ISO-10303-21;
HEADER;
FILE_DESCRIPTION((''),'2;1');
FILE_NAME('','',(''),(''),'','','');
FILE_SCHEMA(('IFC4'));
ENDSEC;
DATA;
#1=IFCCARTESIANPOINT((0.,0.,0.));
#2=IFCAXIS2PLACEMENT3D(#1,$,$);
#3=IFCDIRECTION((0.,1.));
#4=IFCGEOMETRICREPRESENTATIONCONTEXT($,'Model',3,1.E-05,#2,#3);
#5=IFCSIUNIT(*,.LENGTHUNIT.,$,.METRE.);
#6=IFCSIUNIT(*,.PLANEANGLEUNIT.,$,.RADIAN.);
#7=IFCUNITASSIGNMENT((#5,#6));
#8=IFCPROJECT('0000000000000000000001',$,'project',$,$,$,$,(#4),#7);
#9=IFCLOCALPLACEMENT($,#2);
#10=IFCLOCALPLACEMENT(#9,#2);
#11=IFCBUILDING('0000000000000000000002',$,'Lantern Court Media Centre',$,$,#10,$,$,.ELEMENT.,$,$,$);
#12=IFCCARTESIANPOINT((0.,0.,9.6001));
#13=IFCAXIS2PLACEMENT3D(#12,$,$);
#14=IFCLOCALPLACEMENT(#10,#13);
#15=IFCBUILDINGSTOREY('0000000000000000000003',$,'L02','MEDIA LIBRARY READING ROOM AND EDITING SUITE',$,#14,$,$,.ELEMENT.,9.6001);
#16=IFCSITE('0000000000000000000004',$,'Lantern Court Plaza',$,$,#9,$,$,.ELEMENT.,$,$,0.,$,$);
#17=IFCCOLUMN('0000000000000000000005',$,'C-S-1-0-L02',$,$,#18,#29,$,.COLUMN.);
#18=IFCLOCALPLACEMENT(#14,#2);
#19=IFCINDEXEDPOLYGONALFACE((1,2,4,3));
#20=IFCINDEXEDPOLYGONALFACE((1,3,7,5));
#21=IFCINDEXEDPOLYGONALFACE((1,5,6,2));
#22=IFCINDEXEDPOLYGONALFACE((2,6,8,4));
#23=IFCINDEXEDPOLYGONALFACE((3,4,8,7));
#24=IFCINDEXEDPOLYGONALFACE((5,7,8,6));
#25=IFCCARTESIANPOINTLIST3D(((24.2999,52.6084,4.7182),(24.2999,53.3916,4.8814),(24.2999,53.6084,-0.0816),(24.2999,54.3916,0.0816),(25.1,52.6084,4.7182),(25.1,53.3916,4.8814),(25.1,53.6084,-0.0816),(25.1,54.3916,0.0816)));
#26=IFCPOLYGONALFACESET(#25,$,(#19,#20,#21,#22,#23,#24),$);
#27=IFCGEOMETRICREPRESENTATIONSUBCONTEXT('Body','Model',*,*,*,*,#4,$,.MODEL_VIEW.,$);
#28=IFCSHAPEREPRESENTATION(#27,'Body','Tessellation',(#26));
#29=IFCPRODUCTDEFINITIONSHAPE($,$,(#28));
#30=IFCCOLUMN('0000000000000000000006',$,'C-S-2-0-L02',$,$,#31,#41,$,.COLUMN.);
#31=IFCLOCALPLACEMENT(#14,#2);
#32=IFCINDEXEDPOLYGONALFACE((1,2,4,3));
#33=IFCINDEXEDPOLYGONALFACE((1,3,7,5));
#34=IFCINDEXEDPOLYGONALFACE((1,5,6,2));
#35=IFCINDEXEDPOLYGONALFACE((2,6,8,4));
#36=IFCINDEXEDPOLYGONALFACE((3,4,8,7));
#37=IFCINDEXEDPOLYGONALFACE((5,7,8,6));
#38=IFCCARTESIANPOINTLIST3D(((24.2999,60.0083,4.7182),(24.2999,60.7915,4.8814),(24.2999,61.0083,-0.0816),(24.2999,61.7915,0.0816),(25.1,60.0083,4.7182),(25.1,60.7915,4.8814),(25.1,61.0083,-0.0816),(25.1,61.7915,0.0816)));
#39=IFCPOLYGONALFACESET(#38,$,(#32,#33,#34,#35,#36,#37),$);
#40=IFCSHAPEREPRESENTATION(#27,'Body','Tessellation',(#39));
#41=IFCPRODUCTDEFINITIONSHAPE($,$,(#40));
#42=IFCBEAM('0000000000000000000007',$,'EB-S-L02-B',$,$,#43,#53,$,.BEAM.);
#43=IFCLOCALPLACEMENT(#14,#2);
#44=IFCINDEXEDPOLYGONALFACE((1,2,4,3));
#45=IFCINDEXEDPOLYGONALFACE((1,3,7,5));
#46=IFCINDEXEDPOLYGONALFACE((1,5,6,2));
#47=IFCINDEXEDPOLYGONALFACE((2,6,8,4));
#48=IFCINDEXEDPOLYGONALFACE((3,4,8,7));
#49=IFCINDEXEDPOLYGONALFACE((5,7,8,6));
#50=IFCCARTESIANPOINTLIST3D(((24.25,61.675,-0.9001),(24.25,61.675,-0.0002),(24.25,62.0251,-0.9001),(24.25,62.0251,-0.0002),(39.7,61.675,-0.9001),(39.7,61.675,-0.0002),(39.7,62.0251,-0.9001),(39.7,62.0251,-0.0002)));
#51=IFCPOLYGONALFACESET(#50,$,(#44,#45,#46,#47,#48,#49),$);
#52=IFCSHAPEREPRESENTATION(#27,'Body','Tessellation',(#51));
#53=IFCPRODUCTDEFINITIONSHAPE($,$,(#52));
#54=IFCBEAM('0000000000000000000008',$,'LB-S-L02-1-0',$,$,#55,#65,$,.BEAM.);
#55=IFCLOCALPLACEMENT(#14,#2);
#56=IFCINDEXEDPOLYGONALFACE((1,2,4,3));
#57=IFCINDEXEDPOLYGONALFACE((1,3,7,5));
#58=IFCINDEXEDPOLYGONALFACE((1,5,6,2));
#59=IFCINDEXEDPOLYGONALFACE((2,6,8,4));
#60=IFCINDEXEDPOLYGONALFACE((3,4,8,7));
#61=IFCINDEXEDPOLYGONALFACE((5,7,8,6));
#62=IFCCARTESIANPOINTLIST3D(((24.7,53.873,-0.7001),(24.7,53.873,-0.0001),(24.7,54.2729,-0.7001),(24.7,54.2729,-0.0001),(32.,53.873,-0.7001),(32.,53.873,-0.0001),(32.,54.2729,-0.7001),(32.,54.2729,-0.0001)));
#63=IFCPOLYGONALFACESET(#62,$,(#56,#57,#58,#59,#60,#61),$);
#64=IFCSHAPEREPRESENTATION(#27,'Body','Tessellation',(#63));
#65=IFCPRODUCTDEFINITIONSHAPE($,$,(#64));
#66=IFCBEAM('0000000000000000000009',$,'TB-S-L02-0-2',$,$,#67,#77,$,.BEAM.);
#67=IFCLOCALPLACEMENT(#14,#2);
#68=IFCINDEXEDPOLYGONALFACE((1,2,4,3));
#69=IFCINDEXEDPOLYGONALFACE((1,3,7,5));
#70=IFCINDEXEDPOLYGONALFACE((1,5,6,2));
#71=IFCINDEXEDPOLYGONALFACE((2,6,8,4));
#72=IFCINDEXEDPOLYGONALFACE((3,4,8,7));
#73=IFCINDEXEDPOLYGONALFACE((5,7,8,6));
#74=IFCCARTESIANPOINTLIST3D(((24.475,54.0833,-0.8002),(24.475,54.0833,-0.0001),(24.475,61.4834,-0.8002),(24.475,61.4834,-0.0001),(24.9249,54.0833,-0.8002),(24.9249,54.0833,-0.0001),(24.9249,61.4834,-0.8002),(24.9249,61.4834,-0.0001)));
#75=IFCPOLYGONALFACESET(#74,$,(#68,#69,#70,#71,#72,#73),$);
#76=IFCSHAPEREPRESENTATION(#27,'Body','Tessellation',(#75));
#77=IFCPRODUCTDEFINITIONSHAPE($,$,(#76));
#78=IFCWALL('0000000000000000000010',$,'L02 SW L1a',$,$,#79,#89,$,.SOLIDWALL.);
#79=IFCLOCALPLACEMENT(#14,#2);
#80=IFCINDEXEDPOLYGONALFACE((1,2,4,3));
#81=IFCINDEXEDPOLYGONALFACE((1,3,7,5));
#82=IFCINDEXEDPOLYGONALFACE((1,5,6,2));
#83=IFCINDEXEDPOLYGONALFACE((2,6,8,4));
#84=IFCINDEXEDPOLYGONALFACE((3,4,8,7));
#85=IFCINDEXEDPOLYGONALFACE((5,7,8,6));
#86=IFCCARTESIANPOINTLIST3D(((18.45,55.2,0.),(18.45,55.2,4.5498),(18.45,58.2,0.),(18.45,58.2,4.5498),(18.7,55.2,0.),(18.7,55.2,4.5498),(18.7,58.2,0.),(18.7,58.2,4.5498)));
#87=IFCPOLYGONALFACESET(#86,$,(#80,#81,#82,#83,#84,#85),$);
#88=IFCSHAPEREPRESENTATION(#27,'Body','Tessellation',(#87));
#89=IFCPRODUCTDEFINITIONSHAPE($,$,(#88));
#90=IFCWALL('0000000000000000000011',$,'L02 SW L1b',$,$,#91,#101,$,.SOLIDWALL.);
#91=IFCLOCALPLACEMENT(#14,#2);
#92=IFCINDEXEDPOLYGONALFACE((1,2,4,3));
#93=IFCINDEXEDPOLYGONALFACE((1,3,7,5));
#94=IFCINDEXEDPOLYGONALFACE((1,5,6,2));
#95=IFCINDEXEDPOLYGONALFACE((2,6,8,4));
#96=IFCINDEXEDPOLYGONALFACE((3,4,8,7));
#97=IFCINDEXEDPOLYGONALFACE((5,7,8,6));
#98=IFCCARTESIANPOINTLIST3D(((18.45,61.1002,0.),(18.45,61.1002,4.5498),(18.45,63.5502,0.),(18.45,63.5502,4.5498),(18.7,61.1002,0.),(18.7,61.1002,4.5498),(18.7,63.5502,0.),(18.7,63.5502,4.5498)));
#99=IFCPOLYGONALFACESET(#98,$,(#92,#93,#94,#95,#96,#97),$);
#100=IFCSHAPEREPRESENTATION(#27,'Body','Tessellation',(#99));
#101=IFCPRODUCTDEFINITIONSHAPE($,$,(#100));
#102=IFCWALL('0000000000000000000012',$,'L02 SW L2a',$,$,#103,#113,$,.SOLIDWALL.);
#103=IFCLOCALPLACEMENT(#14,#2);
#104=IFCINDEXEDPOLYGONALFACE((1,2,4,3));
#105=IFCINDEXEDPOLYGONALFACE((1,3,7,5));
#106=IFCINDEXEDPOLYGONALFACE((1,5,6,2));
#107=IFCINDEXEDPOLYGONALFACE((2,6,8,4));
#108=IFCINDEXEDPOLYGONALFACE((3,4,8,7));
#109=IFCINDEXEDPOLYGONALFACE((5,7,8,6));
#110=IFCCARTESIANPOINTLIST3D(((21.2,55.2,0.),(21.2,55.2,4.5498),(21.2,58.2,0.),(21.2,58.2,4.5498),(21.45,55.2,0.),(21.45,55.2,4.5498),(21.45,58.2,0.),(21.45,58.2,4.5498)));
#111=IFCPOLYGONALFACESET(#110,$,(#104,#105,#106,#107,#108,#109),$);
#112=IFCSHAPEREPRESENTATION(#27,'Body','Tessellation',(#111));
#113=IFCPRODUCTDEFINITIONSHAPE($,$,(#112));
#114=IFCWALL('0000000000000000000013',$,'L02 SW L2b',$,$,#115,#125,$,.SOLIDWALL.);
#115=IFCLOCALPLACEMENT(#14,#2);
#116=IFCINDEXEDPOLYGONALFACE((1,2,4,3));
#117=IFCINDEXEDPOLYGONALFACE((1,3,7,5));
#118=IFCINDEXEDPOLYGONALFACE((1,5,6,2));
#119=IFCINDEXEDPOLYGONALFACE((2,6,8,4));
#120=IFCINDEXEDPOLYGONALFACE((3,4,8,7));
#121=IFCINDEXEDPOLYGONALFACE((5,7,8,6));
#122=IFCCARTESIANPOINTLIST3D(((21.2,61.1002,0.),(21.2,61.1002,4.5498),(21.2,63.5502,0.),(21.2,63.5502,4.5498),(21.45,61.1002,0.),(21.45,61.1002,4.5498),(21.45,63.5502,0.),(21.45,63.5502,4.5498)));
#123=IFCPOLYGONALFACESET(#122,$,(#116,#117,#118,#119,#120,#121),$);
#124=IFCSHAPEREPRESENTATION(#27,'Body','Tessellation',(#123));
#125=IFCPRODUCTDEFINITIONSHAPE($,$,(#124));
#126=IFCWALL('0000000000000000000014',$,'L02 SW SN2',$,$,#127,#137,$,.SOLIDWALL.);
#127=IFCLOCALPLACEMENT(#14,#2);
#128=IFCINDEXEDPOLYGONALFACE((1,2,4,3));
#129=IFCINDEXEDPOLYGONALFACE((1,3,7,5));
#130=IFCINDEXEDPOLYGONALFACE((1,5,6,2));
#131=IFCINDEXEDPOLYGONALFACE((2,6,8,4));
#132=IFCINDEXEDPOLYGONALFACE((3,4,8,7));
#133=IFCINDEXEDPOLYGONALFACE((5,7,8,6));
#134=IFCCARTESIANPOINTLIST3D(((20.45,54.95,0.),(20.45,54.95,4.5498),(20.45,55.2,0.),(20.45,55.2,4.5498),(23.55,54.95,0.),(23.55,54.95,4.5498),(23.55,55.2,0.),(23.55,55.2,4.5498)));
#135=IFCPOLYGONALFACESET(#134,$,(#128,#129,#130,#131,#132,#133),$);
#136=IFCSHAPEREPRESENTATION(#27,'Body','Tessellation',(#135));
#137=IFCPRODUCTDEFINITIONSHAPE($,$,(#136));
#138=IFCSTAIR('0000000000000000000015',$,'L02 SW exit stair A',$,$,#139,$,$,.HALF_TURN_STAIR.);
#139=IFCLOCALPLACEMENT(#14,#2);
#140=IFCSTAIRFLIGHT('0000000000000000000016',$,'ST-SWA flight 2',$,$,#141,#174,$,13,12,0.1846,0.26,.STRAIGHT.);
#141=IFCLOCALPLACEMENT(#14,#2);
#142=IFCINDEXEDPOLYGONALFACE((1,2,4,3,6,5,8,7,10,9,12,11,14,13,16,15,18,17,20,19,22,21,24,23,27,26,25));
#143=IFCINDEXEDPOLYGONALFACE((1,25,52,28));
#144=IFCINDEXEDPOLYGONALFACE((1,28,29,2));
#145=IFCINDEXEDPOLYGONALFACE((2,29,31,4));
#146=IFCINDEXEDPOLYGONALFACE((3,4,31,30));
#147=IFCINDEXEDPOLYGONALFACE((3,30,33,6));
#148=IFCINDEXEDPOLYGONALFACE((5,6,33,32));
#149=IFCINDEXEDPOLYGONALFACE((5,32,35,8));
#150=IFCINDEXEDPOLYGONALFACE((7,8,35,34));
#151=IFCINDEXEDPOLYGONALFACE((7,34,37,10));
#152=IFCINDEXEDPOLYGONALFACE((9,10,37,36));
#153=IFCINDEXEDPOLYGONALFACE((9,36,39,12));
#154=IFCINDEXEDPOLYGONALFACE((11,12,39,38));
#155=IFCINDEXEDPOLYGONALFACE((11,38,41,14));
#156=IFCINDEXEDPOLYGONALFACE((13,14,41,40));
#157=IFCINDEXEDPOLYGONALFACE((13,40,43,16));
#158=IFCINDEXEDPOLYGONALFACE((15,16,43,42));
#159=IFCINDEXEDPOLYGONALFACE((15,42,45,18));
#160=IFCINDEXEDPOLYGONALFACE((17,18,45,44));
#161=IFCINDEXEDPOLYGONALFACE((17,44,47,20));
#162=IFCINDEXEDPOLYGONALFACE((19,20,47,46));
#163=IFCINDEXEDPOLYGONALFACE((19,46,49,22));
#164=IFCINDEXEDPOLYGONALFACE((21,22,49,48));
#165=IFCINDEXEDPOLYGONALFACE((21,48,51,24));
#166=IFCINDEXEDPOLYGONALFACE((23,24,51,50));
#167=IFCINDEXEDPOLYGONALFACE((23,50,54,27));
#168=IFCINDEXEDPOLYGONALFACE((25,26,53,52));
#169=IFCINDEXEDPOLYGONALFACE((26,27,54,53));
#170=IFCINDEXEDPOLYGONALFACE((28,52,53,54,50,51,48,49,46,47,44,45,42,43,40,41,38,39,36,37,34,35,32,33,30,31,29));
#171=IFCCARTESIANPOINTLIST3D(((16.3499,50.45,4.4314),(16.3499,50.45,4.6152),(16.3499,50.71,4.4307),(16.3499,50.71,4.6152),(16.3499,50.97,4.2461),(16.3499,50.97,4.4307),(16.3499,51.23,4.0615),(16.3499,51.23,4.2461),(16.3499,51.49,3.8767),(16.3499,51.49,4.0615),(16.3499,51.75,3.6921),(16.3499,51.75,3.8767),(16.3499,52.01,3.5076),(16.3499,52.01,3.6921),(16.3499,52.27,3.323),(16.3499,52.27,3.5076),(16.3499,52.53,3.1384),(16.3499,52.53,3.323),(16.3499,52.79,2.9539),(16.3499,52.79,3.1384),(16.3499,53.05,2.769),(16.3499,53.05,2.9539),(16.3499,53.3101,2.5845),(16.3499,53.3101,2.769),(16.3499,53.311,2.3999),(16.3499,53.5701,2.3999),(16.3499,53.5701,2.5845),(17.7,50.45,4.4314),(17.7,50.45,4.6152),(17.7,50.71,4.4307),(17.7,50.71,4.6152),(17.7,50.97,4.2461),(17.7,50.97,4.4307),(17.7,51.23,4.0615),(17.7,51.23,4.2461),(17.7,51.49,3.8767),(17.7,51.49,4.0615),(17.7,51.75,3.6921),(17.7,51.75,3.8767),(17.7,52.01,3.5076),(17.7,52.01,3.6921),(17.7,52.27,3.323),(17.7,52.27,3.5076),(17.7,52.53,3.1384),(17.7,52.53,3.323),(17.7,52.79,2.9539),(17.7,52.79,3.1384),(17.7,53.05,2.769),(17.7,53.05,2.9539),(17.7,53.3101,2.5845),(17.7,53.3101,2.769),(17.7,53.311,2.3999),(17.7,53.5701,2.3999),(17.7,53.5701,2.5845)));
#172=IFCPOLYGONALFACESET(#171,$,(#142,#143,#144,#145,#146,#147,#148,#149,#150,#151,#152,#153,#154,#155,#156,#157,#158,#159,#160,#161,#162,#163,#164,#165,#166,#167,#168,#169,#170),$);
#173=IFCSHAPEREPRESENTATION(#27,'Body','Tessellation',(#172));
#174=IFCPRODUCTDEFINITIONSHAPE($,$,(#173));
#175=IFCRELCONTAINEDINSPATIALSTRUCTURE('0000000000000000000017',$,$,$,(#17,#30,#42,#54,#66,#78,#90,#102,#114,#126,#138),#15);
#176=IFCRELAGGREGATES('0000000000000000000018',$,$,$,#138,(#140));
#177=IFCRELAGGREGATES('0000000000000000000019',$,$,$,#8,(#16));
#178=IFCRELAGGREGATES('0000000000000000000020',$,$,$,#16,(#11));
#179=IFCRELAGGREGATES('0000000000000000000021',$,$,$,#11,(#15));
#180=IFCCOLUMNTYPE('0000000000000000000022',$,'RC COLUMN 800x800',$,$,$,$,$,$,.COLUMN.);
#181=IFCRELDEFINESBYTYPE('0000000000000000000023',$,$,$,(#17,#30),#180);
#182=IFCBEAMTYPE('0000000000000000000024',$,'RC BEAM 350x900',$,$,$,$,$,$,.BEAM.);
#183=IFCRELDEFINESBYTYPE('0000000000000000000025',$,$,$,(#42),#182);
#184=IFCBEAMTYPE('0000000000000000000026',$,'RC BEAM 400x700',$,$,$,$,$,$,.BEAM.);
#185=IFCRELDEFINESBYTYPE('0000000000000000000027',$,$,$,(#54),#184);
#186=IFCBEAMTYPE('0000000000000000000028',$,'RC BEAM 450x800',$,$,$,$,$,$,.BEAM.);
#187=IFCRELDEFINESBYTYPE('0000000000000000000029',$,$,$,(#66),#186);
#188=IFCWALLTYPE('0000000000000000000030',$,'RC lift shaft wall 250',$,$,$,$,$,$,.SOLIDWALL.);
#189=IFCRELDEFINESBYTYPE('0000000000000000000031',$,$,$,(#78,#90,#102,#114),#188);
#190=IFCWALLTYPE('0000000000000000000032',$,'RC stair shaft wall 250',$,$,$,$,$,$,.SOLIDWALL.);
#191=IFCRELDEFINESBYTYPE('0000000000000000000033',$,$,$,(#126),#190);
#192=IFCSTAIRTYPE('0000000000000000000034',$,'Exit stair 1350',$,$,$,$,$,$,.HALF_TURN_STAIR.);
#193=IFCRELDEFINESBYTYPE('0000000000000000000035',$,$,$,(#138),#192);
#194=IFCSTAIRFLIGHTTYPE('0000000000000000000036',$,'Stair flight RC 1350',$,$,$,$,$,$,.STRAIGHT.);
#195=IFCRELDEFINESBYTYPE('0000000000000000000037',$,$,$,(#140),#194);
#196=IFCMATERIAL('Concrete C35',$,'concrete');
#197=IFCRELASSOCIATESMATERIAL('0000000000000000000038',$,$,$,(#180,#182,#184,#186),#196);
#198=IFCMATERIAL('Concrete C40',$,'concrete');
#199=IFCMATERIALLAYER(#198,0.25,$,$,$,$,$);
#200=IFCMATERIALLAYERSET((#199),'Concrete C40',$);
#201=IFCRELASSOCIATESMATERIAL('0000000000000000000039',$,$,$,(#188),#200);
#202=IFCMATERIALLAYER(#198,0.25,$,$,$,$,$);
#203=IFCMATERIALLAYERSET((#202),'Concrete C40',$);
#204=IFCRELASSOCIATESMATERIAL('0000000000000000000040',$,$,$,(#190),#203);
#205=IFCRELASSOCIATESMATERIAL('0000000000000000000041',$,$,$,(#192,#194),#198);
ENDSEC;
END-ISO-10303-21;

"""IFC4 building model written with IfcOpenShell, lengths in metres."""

from ifc_helpers import new_model, si_unit, direction, frame, frame_2d, origin, origin_2d, place, context, subcontext, project, spatial, polyline, rectangle, outline, extrude, material, layer, layer_set, material_profile, profile_set, type_object, element, aggregate, save


model = new_model("IFC4")

# Units and contexts
model_context = context("Model", 3, precision=1e-05, world=origin(), true_north=direction((0.0, 1.0)))
body_context = subcontext(model_context, "Body", "Model", "MODEL_VIEW")
ifc_project = project(units=[si_unit("LENGTHUNIT", "METRE"), si_unit("PLANEANGLEUNIT", "RADIAN")], contexts=[model_context])

# Site, building, storey
site_placement = place(None, origin())
site = spatial("IfcSite", under=ifc_project, at=site_placement, Name="Lantern Court Plaza", CompositionType="ELEMENT", RefElevation=0.0)
building_placement = place(site_placement, origin())
building = spatial("IfcBuilding", under=site, at=building_placement, Name="Lantern Court Media Centre", CompositionType="ELEMENT")
storey_placement = place(building_placement, frame((0.0, 0.0, 9.6001)))
storey = spatial("IfcBuildingStorey", under=building, at=storey_placement, Name="L02", Description="MEDIA LIBRARY READING ROOM AND EDITING SUITE", CompositionType="ELEMENT", Elevation=9.6001)

# Columns
ifc_material_1 = material(Name="Concrete C35", Category="concrete")
ifc_material_profile_1 = material_profile(ifc_material_1, rectangle(XDim=0.8, YDim=0.8, at=origin_2d()), Name="RC 800x800")
ifc_profile_set_1 = profile_set([ifc_material_profile_1], Name="Concrete C35")
column_type = type_object("IfcColumnType", Name="RC COLUMN 800x800", PredefinedType="COLUMN", material=ifc_profile_set_1)
for number, where, z_axis, x_axis, name in (
    (1, (24.7, 54.0, 0.0), (0.0, -0.203962, 0.978979), (1.0, 0.0, 0.0), "C-S-1-0-L02"),
    (2, (24.7, 61.3999, 0.0), (0.0, -0.203962, 0.978979), (1.0, 0.0, 0.0), "C-S-2-0-L02"),
):
    element("IfcColumn", number, at=place(storey_placement, frame(where, z_axis=z_axis, x_axis=x_axis)), inside=storey, type_object=column_type, Name=name, PredefinedType="COLUMN", context=body_context, shape_type="SweptSolid", body=[
        extrude(rectangle(XDim=0.8, YDim=0.8, at=origin_2d()), origin(), (0.0, 0.0, 1.0), 4.9028),
    ])

# Beams
ifc_material_profile_2 = material_profile(ifc_material_1, rectangle(XDim=0.3501, YDim=0.8999, at=origin_2d()), Name="RC 350x900")
ifc_profile_set_2 = profile_set([ifc_material_profile_2], Name="Concrete C35")
beam_type_1 = type_object("IfcBeamType", Name="RC BEAM 350x900", PredefinedType="BEAM", material=ifc_profile_set_2)
beam_1_placement = place(storey_placement, frame((24.25, 61.8501, -0.4502), z_axis=(1.0, 0.0, 0.0), x_axis=(0.0, 1.0, 0.0)))
element("IfcBeam", 3, at=beam_1_placement, inside=storey, type_object=beam_type_1, Name="EB-S-L02-B", PredefinedType="BEAM", context=body_context, shape_type="SweptSolid", body=[
    extrude(rectangle(XDim=0.3501, YDim=0.8999, at=origin_2d()), origin(), (0.0, 0.0, 1.0), 15.45),
])
ifc_material_profile_3 = material_profile(ifc_material_1, rectangle(XDim=0.3999, YDim=0.7, at=origin_2d()), Name="RC 400x700")
ifc_profile_set_3 = profile_set([ifc_material_profile_3], Name="Concrete C35")
beam_type_2 = type_object("IfcBeamType", Name="RC BEAM 400x700", PredefinedType="BEAM", material=ifc_profile_set_3)
beam_2_placement = place(storey_placement, frame((24.7, 54.073, -0.3501), z_axis=(1.0, 0.0, 0.0), x_axis=(0.0, 1.0, 0.0)))
element("IfcBeam", 4, at=beam_2_placement, inside=storey, type_object=beam_type_2, Name="LB-S-L02-1-0", PredefinedType="BEAM", context=body_context, shape_type="SweptSolid", body=[
    extrude(rectangle(XDim=0.3999, YDim=0.7, at=origin_2d()), origin(), (0.0, 0.0, 1.0), 7.3),
])
ifc_material_profile_4 = material_profile(ifc_material_1, rectangle(XDim=0.45, YDim=0.8, at=origin_2d()), Name="RC 450x800")
ifc_profile_set_4 = profile_set([ifc_material_profile_4], Name="Concrete C35")
beam_type_3 = type_object("IfcBeamType", Name="RC BEAM 450x800", PredefinedType="BEAM", material=ifc_profile_set_4)
beam_3_placement = place(storey_placement, frame((24.7, 54.0833, -0.4001), z_axis=(0.0, 1.0, 0.0), x_axis=(-1.0, 0.0, 0.0)))
element("IfcBeam", 5, at=beam_3_placement, inside=storey, type_object=beam_type_3, Name="TB-S-L02-0-2", PredefinedType="BEAM", context=body_context, shape_type="SweptSolid", body=[
    extrude(rectangle(XDim=0.45, YDim=0.8, at=origin_2d()), origin(), (0.0, 0.0, 1.0), 7.4001),
])

# Walls
ifc_material_2 = material(Name="Concrete C40", Category="concrete")
ifc_layer_1 = layer(ifc_material_2, 0.25)
ifc_layer_set_1 = layer_set([ifc_layer_1], Name="Concrete C40")
wall_type_1 = type_object("IfcWallType", Name="RC lift shaft wall 250", PredefinedType="SOLIDWALL", material=ifc_layer_set_1)
wall_1_placement = place(storey_placement, frame((18.575, 55.2, 0.0), z_axis=(0.0, 0.0, 1.0), x_axis=(0.0, 1.0, 0.0)))
element("IfcWall", 6, at=wall_1_placement, inside=storey, type_object=wall_type_1, Name="L02 SW L1a", PredefinedType="SOLIDWALL", context=body_context, shape_type="SweptSolid", body=[
    extrude(rectangle(XDim=3.0, YDim=0.25, at=frame_2d((1.5, 0.0))), origin(), (0.0, 0.0, 1.0), 4.5498),
])
wall_2_placement = place(storey_placement, frame((18.575, 61.1001, 0.0), z_axis=(0.0, 0.0, 1.0), x_axis=(0.0, 1.0, 0.0)))
element("IfcWall", 7, at=wall_2_placement, inside=storey, type_object=wall_type_1, Name="L02 SW L1b", PredefinedType="SOLIDWALL", context=body_context, shape_type="SweptSolid", body=[
    extrude(rectangle(XDim=2.45, YDim=0.25, at=frame_2d((1.2251, 0.0))), origin(), (0.0, 0.0, 1.0), 4.5498),
])
wall_3_placement = place(storey_placement, frame((21.325, 55.2, 0.0), z_axis=(0.0, 0.0, 1.0), x_axis=(0.0, 1.0, 0.0)))
element("IfcWall", 8, at=wall_3_placement, inside=storey, type_object=wall_type_1, Name="L02 SW L2a", PredefinedType="SOLIDWALL", context=body_context, shape_type="SweptSolid", body=[
    extrude(rectangle(XDim=3.0, YDim=0.25, at=frame_2d((1.5, 0.0))), origin(), (0.0, 0.0, 1.0), 4.5498),
])
wall_4_placement = place(storey_placement, frame((21.325, 61.1001, 0.0), z_axis=(0.0, 0.0, 1.0), x_axis=(0.0, 1.0, 0.0)))
element("IfcWall", 9, at=wall_4_placement, inside=storey, type_object=wall_type_1, Name="L02 SW L2b", PredefinedType="SOLIDWALL", context=body_context, shape_type="SweptSolid", body=[
    extrude(rectangle(XDim=2.45, YDim=0.25, at=frame_2d((1.2251, 0.0))), origin(), (0.0, 0.0, 1.0), 4.5498),
])
ifc_layer_2 = layer(ifc_material_2, 0.25)
ifc_layer_set_2 = layer_set([ifc_layer_2], Name="Concrete C40")
wall_type_2 = type_object("IfcWallType", Name="RC stair shaft wall 250", PredefinedType="SOLIDWALL", material=ifc_layer_set_2)
wall_5_placement = place(storey_placement, frame((20.45, 55.075, 0.0), z_axis=(0.0, 0.0, 1.0), x_axis=(1.0, 0.0, 0.0)))
element("IfcWall", 10, at=wall_5_placement, inside=storey, type_object=wall_type_2, Name="L02 SW SN2", PredefinedType="SOLIDWALL", context=body_context, shape_type="SweptSolid", body=[
    extrude(rectangle(XDim=3.1001, YDim=0.25, at=frame_2d((1.55, 0.0))), origin(), (0.0, 0.0, 1.0), 4.5498),
])

# Stair, stair flight
stair_type = type_object("IfcStairType", Name="Exit stair 1350", PredefinedType="HALF_TURN_STAIR", material=ifc_material_2)
stair_1_placement = place(storey_placement, origin())
stair_1 = element("IfcStair", 11, at=stair_1_placement, inside=storey, type_object=stair_type, Name="L02 SW exit stair A", PredefinedType="HALF_TURN_STAIR")
stair_flight_type = type_object("IfcStairFlightType", Name="Stair flight RC 1350", PredefinedType="STRAIGHT", material=ifc_material_2)
stair_flight_1_placement = place(storey_placement, frame((17.0249, 53.5701, 2.3999), z_axis=(0.0, 0.0, 1.0), x_axis=(0.0, -1.0, 0.0)))
stair_flight_1 = element("IfcStairFlight", 12, at=stair_flight_1_placement, type_object=stair_flight_type, Name="ST-SWA flight 2", NumberOfRisers=13, NumberOfTreads=12, PredefinedType="STRAIGHT", RiserHeight=0.1846, TreadLength=0.26, context=body_context, shape_type="SweptSolid", body=[
    extrude(outline(polyline([(0.0, 0.0), (0.0, 0.1846), (0.26, 0.1846), (0.26, 0.3691), (0.52, 0.3691), (0.52, 0.554), (0.78, 0.554), (0.78, 0.7385), (1.04, 0.7385), (1.04, 0.9231), (1.3, 0.9231), (1.3, 1.1077), (1.5601, 1.1077), (1.5601, 1.2922), (1.8201, 1.2922), (1.8201, 1.4768), (2.0801, 1.4768), (2.0801, 1.6616), (2.3401, 1.6616), (2.3401, 1.8462), (2.6001, 1.8462), (2.6001, 2.0308), (2.8601, 2.0308), (2.8601, 2.2153), (3.1201, 2.2153), (3.1201, 2.3999), (3.1201, 2.0315), (0.259, 0.0), (0.0, 0.0)])), frame((0.0, 0.675, 0.0), z_axis=(0.0, -1.0, 0.0), x_axis=(1.0, 0.0, 0.0)), (0.0, 0.0, 1.0), 1.3501),
])
aggregate(stair_1, [stair_flight_1])

save(model, "model.ifc")
